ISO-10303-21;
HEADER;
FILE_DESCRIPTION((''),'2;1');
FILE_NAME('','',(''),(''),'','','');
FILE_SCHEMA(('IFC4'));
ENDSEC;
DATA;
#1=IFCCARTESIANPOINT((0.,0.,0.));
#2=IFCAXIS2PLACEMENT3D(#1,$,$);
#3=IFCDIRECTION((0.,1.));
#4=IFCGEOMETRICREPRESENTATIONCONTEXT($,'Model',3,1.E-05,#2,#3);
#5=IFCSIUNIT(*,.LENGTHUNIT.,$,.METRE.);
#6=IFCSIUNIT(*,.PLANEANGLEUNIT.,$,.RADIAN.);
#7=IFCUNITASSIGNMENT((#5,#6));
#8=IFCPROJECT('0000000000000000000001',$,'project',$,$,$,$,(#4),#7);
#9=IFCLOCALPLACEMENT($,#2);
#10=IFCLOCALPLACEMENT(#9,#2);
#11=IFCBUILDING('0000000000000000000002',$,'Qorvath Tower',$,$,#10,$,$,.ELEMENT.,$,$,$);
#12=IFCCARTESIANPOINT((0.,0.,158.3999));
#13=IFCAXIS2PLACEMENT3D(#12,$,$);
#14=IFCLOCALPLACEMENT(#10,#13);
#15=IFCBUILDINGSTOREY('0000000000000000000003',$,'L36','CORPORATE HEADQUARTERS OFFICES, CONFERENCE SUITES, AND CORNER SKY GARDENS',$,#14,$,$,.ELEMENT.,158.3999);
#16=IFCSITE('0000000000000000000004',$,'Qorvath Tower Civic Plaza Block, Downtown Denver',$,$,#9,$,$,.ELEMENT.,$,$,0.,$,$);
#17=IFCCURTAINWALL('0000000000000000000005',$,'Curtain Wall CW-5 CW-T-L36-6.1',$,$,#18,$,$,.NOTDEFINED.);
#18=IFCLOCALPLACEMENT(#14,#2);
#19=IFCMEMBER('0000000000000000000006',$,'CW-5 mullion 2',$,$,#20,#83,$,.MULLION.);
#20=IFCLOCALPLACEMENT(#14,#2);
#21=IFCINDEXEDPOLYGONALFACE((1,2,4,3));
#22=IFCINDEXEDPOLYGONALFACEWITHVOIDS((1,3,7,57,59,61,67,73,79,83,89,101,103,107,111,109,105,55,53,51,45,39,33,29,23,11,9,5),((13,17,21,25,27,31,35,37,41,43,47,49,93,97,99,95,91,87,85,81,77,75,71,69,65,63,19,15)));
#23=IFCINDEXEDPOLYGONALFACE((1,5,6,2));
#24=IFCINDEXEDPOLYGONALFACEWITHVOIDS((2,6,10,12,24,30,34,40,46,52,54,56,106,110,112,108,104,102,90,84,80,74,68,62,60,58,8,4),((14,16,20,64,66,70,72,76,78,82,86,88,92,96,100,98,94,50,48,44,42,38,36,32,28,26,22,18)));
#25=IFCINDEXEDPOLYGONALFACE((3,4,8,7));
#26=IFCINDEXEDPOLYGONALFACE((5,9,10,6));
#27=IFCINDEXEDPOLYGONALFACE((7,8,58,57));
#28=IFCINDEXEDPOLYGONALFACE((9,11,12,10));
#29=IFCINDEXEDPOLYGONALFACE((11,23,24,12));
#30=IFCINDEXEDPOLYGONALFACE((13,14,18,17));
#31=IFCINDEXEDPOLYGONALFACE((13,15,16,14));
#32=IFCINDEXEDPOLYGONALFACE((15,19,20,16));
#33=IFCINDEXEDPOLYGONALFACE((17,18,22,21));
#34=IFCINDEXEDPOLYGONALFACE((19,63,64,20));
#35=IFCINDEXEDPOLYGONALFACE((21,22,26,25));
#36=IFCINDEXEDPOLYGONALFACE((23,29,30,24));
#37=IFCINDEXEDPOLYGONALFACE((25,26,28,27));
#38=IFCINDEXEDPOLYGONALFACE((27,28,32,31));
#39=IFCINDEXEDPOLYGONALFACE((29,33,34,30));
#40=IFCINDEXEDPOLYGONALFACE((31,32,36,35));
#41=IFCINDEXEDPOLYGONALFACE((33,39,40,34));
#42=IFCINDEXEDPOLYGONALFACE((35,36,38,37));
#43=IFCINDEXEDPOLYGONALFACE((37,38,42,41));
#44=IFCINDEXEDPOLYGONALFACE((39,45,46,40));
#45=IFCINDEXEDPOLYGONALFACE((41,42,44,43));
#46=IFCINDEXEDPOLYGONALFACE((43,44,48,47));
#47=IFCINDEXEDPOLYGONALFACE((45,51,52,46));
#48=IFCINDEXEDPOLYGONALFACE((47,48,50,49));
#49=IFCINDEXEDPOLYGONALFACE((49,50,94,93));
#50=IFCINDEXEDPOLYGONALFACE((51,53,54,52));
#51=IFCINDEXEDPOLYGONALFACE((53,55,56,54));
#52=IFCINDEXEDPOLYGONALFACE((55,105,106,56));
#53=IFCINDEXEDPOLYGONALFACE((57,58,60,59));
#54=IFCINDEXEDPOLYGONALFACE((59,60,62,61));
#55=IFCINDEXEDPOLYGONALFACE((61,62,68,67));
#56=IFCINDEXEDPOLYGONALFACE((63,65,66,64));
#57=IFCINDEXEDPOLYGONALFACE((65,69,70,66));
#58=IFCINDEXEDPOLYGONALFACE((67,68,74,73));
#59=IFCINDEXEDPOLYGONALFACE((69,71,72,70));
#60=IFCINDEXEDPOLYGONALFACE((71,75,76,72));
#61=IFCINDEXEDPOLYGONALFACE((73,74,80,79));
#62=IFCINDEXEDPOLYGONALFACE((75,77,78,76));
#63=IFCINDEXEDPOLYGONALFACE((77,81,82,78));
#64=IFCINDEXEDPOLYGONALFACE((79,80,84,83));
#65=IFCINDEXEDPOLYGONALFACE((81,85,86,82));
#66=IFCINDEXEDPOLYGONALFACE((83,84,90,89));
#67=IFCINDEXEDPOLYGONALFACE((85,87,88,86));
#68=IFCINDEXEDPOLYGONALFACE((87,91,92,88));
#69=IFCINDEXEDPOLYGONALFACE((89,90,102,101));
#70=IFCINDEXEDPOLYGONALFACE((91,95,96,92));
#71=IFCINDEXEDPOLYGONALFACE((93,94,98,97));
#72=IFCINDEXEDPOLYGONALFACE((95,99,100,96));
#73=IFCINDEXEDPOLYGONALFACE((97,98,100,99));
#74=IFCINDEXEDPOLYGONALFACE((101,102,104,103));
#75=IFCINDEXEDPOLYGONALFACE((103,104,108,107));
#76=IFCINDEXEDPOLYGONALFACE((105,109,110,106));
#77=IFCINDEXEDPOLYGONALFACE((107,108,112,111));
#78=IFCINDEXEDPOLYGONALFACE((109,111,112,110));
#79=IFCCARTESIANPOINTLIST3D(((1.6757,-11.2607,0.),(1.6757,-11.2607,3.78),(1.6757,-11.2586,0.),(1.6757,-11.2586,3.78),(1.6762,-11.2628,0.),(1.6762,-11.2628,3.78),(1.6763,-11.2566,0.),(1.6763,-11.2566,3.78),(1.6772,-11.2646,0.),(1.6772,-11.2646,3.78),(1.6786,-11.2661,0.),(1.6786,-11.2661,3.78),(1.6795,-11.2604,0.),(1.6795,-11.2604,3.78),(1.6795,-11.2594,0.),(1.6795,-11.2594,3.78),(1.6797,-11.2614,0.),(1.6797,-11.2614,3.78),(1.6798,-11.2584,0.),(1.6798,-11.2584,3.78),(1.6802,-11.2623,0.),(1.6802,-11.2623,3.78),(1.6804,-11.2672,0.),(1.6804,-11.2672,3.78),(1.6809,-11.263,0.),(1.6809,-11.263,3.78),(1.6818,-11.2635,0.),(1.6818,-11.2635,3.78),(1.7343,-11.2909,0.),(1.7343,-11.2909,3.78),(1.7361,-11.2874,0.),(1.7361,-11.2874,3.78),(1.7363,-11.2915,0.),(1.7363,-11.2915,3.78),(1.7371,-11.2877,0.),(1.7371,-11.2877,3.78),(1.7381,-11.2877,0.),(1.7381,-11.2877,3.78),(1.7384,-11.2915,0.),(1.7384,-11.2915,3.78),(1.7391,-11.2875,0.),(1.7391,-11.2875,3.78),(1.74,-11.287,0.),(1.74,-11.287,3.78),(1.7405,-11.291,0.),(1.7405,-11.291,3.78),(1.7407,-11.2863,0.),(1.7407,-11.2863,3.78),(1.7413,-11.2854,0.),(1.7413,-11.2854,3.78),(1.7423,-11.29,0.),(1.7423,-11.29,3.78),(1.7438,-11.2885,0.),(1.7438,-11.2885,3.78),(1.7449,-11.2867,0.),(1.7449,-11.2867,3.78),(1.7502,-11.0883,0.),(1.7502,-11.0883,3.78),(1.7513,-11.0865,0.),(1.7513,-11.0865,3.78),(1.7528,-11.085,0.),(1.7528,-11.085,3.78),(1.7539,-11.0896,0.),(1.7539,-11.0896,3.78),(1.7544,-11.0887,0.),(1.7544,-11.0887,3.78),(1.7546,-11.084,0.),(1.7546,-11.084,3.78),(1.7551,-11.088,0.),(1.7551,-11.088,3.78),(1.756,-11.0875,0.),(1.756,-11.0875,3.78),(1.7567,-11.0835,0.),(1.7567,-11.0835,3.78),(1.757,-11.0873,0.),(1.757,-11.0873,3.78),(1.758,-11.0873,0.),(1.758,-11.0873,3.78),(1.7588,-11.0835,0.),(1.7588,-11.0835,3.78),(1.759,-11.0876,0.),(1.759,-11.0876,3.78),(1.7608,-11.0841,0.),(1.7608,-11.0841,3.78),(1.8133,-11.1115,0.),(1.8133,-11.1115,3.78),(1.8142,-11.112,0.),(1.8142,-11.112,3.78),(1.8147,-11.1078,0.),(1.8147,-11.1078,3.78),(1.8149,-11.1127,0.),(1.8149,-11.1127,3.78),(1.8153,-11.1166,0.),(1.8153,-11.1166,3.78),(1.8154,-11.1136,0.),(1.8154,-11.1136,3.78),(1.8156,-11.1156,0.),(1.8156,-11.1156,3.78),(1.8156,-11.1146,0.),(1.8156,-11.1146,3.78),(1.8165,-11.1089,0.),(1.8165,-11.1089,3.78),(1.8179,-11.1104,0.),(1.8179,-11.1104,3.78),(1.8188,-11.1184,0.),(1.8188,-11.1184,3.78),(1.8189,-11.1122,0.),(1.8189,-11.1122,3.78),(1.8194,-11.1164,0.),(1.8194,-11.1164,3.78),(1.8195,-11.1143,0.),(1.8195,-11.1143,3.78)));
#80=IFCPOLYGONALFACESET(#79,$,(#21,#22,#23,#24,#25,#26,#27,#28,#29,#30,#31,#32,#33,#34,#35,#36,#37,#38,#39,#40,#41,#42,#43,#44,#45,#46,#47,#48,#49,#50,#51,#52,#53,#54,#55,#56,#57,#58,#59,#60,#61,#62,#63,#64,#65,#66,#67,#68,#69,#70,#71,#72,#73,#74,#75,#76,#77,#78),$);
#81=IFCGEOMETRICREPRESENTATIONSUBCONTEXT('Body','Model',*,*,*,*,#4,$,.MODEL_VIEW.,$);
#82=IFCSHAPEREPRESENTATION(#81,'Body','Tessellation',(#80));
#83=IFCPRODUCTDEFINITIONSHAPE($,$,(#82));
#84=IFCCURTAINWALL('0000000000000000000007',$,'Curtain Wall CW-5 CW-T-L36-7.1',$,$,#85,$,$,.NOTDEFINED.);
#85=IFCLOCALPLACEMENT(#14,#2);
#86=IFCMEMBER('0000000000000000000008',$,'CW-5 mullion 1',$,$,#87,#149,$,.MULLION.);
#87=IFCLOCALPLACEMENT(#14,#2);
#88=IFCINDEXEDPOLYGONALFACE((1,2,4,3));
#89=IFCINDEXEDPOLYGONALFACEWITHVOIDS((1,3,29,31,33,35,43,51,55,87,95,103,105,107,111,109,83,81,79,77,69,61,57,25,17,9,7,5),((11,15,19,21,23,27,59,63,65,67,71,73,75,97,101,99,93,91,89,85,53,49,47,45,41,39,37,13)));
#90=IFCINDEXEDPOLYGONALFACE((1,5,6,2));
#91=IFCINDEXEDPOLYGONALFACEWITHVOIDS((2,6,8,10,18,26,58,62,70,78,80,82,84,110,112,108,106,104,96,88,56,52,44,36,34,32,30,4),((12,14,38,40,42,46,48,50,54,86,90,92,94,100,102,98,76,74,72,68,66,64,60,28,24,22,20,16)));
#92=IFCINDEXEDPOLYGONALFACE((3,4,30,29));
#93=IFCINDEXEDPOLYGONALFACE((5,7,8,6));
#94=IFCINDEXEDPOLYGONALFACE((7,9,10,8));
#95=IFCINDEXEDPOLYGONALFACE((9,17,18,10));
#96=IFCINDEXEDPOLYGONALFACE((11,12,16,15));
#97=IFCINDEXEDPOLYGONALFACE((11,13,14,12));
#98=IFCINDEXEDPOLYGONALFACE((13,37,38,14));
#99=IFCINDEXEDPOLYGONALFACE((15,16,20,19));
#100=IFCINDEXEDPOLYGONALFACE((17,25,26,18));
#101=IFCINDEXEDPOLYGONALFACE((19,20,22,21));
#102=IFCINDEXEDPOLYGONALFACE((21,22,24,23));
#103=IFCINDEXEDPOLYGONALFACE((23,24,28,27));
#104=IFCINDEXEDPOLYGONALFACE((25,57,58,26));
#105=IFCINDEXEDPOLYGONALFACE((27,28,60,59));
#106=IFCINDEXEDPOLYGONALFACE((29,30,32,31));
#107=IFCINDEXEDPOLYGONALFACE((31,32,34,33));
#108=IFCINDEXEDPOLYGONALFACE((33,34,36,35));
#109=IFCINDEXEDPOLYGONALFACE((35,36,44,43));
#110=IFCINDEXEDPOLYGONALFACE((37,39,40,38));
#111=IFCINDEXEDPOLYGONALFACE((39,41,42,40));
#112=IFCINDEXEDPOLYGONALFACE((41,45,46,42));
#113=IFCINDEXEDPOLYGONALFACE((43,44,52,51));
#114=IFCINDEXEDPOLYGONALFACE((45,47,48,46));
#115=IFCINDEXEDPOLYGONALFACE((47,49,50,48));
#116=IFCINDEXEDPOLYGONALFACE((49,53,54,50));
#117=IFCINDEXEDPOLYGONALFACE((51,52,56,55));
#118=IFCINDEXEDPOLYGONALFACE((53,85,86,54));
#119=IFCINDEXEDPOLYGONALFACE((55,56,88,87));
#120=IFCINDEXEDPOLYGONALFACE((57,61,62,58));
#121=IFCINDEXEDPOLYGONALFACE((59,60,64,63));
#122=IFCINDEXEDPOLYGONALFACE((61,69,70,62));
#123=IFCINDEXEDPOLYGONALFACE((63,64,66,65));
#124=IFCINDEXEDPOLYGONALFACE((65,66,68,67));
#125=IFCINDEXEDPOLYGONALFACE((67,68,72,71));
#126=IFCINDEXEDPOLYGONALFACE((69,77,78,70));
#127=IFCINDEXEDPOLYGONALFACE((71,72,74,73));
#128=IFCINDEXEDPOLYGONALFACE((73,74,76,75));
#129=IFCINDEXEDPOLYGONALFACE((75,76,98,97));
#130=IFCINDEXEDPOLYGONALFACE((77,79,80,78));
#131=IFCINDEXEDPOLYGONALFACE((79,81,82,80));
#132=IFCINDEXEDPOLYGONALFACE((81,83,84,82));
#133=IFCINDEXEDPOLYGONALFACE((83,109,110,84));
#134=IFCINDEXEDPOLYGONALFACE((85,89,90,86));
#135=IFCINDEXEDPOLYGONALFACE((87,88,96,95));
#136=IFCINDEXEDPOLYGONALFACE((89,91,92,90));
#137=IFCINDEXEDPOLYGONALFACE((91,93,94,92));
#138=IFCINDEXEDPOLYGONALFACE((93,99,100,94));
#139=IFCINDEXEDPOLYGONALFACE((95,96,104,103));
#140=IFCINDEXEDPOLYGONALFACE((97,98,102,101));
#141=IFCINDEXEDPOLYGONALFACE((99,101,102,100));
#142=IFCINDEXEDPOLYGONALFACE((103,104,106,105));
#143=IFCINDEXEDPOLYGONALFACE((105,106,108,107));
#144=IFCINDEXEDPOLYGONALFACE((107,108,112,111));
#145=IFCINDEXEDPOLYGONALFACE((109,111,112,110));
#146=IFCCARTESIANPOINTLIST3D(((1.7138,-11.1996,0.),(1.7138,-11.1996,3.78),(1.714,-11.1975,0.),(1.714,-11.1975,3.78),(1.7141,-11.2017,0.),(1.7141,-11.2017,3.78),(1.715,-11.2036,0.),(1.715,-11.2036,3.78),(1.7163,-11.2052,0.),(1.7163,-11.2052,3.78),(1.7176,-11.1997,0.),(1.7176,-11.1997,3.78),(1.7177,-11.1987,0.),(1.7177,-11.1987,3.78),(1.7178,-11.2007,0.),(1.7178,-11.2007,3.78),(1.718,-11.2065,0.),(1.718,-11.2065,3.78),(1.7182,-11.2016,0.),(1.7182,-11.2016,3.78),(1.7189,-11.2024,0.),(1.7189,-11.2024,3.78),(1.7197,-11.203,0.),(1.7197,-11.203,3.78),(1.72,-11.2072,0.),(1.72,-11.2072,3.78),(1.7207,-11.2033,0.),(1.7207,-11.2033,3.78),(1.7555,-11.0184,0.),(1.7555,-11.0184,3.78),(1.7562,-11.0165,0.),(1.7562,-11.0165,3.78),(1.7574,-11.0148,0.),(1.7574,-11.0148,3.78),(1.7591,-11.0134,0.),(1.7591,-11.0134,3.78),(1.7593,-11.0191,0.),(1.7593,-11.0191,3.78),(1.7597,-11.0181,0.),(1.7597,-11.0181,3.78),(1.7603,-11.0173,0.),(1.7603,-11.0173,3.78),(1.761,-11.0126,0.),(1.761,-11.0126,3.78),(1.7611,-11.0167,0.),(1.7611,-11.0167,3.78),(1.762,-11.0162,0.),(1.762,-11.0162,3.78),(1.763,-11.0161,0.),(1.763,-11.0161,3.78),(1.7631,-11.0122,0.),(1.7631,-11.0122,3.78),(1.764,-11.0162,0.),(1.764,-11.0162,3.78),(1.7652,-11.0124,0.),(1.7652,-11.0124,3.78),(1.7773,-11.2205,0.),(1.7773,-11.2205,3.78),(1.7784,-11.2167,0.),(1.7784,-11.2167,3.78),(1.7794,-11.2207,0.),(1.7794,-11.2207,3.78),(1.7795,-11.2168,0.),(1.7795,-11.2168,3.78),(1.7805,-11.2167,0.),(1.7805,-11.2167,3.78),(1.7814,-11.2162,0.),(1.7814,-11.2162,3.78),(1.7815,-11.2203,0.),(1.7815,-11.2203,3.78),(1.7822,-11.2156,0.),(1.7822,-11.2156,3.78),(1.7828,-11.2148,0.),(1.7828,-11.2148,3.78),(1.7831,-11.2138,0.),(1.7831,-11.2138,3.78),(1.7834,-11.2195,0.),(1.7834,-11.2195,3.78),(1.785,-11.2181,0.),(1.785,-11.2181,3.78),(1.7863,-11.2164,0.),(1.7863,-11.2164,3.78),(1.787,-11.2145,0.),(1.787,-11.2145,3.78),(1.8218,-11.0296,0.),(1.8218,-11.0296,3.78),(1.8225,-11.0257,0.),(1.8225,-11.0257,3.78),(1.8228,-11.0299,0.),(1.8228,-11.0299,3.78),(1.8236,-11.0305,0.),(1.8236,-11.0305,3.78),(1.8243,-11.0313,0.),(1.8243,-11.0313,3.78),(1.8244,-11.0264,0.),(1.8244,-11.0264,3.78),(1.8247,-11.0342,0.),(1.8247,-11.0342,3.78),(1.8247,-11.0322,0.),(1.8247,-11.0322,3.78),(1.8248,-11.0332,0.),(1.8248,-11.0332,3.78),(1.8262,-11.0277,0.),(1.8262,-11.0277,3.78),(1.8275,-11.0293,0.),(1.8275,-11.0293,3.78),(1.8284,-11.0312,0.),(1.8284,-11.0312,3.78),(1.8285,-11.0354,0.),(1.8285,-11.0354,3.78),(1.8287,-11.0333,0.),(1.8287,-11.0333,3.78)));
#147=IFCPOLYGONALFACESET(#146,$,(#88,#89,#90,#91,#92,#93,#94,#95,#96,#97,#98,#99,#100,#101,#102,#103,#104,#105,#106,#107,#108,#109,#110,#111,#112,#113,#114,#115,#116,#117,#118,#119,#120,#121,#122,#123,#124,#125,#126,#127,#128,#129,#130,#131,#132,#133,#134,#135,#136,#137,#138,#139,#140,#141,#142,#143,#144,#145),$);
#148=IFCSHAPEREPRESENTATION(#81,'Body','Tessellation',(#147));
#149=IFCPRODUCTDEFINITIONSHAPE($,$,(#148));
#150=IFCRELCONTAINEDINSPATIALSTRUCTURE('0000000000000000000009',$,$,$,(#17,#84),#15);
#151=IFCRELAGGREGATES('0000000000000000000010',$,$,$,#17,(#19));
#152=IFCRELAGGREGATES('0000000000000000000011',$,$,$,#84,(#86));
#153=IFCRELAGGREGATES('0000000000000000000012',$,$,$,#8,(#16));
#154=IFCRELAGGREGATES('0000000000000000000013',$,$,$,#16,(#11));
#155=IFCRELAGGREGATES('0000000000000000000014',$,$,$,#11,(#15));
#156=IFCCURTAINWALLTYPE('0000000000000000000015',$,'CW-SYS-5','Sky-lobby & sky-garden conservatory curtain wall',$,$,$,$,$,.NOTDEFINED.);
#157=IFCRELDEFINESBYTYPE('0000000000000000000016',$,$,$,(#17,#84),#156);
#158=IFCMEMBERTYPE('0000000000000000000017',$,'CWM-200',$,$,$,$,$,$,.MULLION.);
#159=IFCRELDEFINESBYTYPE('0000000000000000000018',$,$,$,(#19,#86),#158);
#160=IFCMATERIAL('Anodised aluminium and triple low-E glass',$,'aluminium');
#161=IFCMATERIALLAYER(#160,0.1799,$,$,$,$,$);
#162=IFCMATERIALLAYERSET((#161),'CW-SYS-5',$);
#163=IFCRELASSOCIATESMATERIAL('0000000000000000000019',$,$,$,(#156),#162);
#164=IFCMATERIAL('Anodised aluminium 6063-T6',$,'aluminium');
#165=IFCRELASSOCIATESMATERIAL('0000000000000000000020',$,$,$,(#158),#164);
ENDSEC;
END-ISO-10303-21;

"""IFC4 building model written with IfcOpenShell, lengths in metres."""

from ifc_helpers import new_model, si_unit, direction, frame, origin, origin_2d, place, context, subcontext, project, spatial, hollow_rectangle, extrude, material, layer, layer_set, material_profile, profile_set, type_object, element, aggregate, save


model = new_model("IFC4")

# Units and contexts
model_context = context("Model", 3, precision=1e-05, world=origin(), true_north=direction((0.0, 1.0)))
body_context = subcontext(model_context, "Body", "Model", "MODEL_VIEW")
ifc_project = project(units=[si_unit("LENGTHUNIT", "METRE"), si_unit("PLANEANGLEUNIT", "RADIAN")], contexts=[model_context])

# Site, building, storey
site_placement = place(None, origin())
site = spatial("IfcSite", under=ifc_project, at=site_placement, Name="Qorvath Tower Civic Plaza Block, Downtown Denver", CompositionType="ELEMENT", RefElevation=0.0)
building_placement = place(site_placement, origin())
building = spatial("IfcBuilding", under=site, at=building_placement, Name="Qorvath Tower", CompositionType="ELEMENT")
storey_placement = place(building_placement, frame((0.0, 0.0, 158.3999)))
storey = spatial("IfcBuildingStorey", under=building, at=storey_placement, Name="L36", Description="CORPORATE HEADQUARTERS OFFICES, CONFERENCE SUITES, AND CORNER SKY GARDENS", CompositionType="ELEMENT", Elevation=158.3999)

# Shared definitions
ifc_material_1 = material(Name="Anodised aluminium and triple low-E glass", Category="aluminium")
ifc_layer_1 = layer(ifc_material_1, 0.1799)
ifc_layer_set_1 = layer_set([ifc_layer_1], Name="CW-SYS-5")
curtain_wall_type = type_object("IfcCurtainWallType", Name="CW-SYS-5", Description="Sky-lobby & sky-garden conservatory curtain wall", PredefinedType="NOTDEFINED", material=ifc_layer_set_1)
ifc_material_2 = material(Name="Anodised aluminium 6063-T6", Category="aluminium")
ifc_material_profile_1 = material_profile(ifc_material_2, hollow_rectangle(XDim=0.075, YDim=0.2, WallThickness=0.0039, InnerFilletRadius=0.0039, OuterFilletRadius=0.0081, at=origin_2d()), Name="CWM 200x75")
ifc_profile_set_1 = profile_set([ifc_material_profile_1], Name="Anodised aluminium 6063-T6")
member_type_1 = type_object("IfcMemberType", Name="CWM-200", PredefinedType="MULLION", material=ifc_profile_set_1)

# Curtain wall, member
curtain_wall_1_placement = place(storey_placement, origin())
curtain_wall_1 = element("IfcCurtainWall", 1, at=curtain_wall_1_placement, inside=storey, type_object=curtain_wall_type, Name="Curtain Wall CW-5 CW-T-L36-6.1", PredefinedType="NOTDEFINED")
member_1_placement = place(storey_placement, frame((1.7476, -11.1875, 0.0), z_axis=(0.0, 0.0, 1.0), x_axis=(-0.915663, 0.401947, 0.0)))
member_1 = element("IfcMember", 2, at=member_1_placement, type_object=member_type_1, Name="CW-5 mullion 2", PredefinedType="MULLION", context=body_context, shape_type="SweptSolid", body=[
    extrude(hollow_rectangle(XDim=0.075, YDim=0.2, WallThickness=0.0039, InnerFilletRadius=0.0039, OuterFilletRadius=0.0081, at=origin_2d()), origin(), (0.0, 0.0, 1.0), 3.78),
])

# Curtain wall, member
curtain_wall_2_placement = place(storey_placement, origin())
curtain_wall_2 = element("IfcCurtainWall", 3, at=curtain_wall_2_placement, inside=storey, type_object=curtain_wall_type, Name="Curtain Wall CW-5 CW-T-L36-7.1", PredefinedType="NOTDEFINED")
member_2_placement = place(storey_placement, frame((1.7712, -11.1165, 0.0), z_axis=(0.0, 0.0, 1.0), x_axis=(-0.974183, 0.225759, 0.0)))
member_2 = element("IfcMember", 4, at=member_2_placement, type_object=member_type_1, Name="CW-5 mullion 1", PredefinedType="MULLION", context=body_context, shape_type="SweptSolid", body=[
    extrude(hollow_rectangle(XDim=0.075, YDim=0.2, WallThickness=0.0039, InnerFilletRadius=0.0039, OuterFilletRadius=0.0081, at=origin_2d()), origin(), (0.0, 0.0, 1.0), 3.78),
])

aggregate(curtain_wall_1, [member_1])
aggregate(curtain_wall_2, [member_2])

save(model, "model.ifc")
